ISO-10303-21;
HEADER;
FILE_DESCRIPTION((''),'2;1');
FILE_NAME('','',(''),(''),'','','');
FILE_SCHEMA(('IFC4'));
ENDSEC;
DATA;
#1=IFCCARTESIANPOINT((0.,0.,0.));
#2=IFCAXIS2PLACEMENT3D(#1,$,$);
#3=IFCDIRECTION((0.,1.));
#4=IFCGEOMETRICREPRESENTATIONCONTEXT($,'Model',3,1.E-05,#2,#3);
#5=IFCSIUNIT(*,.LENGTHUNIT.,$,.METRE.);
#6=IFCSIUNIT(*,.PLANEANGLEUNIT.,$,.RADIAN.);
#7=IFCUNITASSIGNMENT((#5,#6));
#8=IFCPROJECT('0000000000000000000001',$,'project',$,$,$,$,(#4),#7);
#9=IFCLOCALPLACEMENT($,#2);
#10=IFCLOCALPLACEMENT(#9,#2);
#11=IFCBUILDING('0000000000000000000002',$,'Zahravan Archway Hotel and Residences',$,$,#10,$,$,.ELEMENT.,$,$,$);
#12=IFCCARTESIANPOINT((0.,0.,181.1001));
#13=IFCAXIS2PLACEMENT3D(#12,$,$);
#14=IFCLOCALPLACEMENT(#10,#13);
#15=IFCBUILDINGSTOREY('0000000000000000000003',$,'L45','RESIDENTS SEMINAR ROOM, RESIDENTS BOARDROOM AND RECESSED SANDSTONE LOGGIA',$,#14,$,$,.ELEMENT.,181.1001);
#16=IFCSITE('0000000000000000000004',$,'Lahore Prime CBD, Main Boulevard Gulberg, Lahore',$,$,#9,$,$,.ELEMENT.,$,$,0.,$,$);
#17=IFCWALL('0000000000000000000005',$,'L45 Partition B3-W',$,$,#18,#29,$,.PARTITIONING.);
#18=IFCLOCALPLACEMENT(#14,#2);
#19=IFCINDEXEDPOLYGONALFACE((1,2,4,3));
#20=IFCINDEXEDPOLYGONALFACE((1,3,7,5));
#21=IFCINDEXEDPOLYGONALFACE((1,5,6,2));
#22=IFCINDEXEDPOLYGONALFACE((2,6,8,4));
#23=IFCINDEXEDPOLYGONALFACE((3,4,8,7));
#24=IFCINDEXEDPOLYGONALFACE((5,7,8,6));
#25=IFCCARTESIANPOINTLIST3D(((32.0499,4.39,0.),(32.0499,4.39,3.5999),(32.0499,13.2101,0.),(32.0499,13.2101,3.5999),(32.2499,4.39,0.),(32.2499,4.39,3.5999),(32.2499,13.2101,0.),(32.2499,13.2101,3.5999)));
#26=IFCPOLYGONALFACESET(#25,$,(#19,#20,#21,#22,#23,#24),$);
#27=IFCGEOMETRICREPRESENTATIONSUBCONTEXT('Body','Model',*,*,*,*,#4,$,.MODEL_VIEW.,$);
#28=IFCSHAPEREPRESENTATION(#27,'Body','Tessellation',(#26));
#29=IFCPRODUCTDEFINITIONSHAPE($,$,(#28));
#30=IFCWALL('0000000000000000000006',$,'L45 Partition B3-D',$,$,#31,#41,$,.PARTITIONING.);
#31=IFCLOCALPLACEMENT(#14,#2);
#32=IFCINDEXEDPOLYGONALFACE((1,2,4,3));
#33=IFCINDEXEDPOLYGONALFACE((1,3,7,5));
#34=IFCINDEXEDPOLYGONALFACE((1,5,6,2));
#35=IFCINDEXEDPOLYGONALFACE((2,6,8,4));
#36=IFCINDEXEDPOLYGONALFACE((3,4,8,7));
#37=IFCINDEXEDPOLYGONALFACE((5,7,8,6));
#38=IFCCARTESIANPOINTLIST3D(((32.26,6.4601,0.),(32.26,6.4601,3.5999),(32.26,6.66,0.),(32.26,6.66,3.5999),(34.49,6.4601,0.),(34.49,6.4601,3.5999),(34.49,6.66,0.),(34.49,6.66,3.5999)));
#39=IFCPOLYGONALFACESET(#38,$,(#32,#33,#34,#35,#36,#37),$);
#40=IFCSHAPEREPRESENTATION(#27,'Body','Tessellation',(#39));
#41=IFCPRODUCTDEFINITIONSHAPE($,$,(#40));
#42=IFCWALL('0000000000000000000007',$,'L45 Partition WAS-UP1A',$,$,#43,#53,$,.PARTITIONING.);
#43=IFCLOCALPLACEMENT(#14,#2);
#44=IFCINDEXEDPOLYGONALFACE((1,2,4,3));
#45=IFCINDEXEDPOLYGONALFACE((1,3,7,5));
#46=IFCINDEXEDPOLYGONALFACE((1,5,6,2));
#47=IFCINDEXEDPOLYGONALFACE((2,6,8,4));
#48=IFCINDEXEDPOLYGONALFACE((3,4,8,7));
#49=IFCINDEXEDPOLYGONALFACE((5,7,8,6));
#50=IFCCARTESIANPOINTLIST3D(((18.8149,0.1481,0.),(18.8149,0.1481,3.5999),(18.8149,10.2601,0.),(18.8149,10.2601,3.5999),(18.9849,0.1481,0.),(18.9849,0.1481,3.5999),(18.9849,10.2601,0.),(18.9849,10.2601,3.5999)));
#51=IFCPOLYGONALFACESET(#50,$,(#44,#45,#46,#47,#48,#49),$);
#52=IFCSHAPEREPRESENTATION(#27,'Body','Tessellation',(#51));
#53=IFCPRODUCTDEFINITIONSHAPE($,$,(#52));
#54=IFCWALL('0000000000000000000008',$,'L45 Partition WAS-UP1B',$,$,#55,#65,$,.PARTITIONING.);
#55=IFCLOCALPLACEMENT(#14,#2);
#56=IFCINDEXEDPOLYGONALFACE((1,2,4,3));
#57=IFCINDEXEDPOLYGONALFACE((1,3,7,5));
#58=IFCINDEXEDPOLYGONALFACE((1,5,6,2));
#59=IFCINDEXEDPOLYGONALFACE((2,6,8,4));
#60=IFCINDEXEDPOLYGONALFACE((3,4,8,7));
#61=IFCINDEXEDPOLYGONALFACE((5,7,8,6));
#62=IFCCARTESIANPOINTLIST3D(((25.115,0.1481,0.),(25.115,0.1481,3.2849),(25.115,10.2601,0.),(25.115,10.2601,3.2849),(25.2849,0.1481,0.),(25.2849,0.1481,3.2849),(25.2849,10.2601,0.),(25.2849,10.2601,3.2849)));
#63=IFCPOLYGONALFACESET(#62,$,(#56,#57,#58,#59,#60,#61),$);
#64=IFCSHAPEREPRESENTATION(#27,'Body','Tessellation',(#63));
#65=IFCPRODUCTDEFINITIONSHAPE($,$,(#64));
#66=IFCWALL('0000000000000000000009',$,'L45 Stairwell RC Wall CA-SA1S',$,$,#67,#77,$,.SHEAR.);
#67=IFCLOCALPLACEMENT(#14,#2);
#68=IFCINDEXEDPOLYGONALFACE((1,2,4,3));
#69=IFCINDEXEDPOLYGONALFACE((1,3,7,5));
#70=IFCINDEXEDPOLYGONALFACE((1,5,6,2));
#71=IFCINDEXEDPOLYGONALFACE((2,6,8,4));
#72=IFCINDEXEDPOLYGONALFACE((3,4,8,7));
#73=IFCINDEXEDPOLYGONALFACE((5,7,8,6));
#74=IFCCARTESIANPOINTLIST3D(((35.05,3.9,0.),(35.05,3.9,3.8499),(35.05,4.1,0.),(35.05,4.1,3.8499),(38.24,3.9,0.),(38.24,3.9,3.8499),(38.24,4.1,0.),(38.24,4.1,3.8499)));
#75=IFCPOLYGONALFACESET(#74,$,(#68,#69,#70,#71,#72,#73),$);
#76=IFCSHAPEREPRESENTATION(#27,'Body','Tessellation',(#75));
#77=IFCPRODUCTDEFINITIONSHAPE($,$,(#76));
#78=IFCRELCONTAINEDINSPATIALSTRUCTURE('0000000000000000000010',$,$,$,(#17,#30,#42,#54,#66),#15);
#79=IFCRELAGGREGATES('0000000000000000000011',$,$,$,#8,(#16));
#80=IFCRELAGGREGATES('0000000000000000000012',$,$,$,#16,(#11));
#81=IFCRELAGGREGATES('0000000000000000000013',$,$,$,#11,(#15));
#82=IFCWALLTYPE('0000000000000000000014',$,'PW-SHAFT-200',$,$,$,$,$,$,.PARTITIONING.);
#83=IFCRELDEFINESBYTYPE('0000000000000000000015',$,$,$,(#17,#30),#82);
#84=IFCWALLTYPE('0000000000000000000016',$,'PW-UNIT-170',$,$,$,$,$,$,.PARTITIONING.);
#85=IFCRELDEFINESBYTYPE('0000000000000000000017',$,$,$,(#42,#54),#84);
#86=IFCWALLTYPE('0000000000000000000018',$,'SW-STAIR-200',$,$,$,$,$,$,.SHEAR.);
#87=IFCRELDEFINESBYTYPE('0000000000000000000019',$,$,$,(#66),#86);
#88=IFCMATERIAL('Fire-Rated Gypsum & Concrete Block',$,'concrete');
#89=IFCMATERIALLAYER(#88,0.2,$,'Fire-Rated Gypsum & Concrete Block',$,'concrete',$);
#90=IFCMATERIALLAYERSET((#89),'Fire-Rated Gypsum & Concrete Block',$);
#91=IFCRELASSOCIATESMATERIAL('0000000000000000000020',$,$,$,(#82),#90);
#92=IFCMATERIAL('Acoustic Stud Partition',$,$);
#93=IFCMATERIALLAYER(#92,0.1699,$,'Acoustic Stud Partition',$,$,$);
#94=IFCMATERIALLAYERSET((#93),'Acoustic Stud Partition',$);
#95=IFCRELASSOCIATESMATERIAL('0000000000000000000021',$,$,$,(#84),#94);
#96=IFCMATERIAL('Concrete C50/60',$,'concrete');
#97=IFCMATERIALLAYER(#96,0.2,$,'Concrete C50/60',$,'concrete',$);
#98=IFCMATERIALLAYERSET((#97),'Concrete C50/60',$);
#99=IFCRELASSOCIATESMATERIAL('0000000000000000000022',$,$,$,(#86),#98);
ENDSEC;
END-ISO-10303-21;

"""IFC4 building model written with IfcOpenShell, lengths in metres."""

from ifc_helpers import new_model, si_unit, direction, frame, frame_2d, origin, place, context, subcontext, project, spatial, rectangle, extrude, material, layer, layer_set, type_object, element, save


model = new_model("IFC4")

# Units and contexts
model_context = context("Model", 3, precision=1e-05, world=origin(), true_north=direction((0.0, 1.0)))
body_context = subcontext(model_context, "Body", "Model", "MODEL_VIEW")
ifc_project = project(units=[si_unit("LENGTHUNIT", "METRE"), si_unit("PLANEANGLEUNIT", "RADIAN")], contexts=[model_context])

# Site, building, storey
site_placement = place(None, origin())
site = spatial("IfcSite", under=ifc_project, at=site_placement, Name="Lahore Prime CBD, Main Boulevard Gulberg, Lahore", CompositionType="ELEMENT", RefElevation=0.0)
building_placement = place(site_placement, origin())
building = spatial("IfcBuilding", under=site, at=building_placement, Name="Zahravan Archway Hotel and Residences", CompositionType="ELEMENT")
storey_placement = place(building_placement, frame((0.0, 0.0, 181.1001)))
storey = spatial("IfcBuildingStorey", under=building, at=storey_placement, Name="L45", Description="RESIDENTS SEMINAR ROOM, RESIDENTS BOARDROOM AND RECESSED SANDSTONE LOGGIA", CompositionType="ELEMENT", Elevation=181.1001)

# Shared definitions
ifc_material_1 = material(Name="Fire-Rated Gypsum & Concrete Block", Category="concrete")

# Walls
ifc_layer_1 = layer(ifc_material_1, 0.2, Name="Fire-Rated Gypsum & Concrete Block", Category="concrete")
ifc_layer_set_1 = layer_set([ifc_layer_1], Name="Fire-Rated Gypsum & Concrete Block")
wall_type_1 = type_object("IfcWallType", Name="PW-SHAFT-200", PredefinedType="PARTITIONING", material=ifc_layer_set_1)
wall_1_placement = place(storey_placement, frame((32.1499, 4.3899, 0.0), z_axis=(0.0, 0.0, 1.0), x_axis=(0.0, 1.0, 0.0)))
element("IfcWall", 1, at=wall_1_placement, inside=storey, type_object=wall_type_1, Name="L45 Partition B3-W", PredefinedType="PARTITIONING", context=body_context, shape_type="SweptSolid", body=[
    extrude(rectangle(XDim=8.8201, YDim=0.2, at=frame_2d((4.4102, 0.0))), origin(), (0.0, 0.0, 1.0), 3.5999),
])
wall_2_placement = place(storey_placement, frame((32.26, 6.5601, 0.0), z_axis=(0.0, 0.0, 1.0), x_axis=(1.0, 0.0, 0.0)))
element("IfcWall", 2, at=wall_2_placement, inside=storey, type_object=wall_type_1, Name="L45 Partition B3-D", PredefinedType="PARTITIONING", context=body_context, shape_type="SweptSolid", body=[
    extrude(rectangle(XDim=2.23, YDim=0.2, at=frame_2d((1.115, 0.0))), origin(), (0.0, 0.0, 1.0), 3.5999),
])
ifc_material_2 = material(Name="Acoustic Stud Partition")
ifc_layer_2 = layer(ifc_material_2, 0.1699, Name="Acoustic Stud Partition")
ifc_layer_set_2 = layer_set([ifc_layer_2], Name="Acoustic Stud Partition")
wall_type_2 = type_object("IfcWallType", Name="PW-UNIT-170", PredefinedType="PARTITIONING", material=ifc_layer_set_2)
wall_3_placement = place(storey_placement, frame((18.8999, 0.1479, 0.0), z_axis=(0.0, 0.0, 1.0), x_axis=(0.0, 1.0, 0.0)))
element("IfcWall", 3, at=wall_3_placement, inside=storey, type_object=wall_type_2, Name="L45 Partition WAS-UP1A", PredefinedType="PARTITIONING", context=body_context, shape_type="SweptSolid", body=[
    extrude(rectangle(XDim=10.1121, YDim=0.1699, at=frame_2d((5.0562, 0.0))), origin(), (0.0, 0.0, 1.0), 3.5999),
])
wall_4_placement = place(storey_placement, frame((25.2, 0.1479, 0.0), z_axis=(0.0, 0.0, 1.0), x_axis=(0.0, 1.0, 0.0)))
element("IfcWall", 4, at=wall_4_placement, inside=storey, type_object=wall_type_2, Name="L45 Partition WAS-UP1B", PredefinedType="PARTITIONING", context=body_context, shape_type="SweptSolid", body=[
    extrude(rectangle(XDim=10.1121, YDim=0.1699, at=frame_2d((5.0562, 0.0))), origin(), (0.0, 0.0, 1.0), 3.2849),
])
ifc_material_3 = material(Name="Concrete C50/60", Category="concrete")
ifc_layer_3 = layer(ifc_material_3, 0.2, Name="Concrete C50/60", Category="concrete")
ifc_layer_set_3 = layer_set([ifc_layer_3], Name="Concrete C50/60")
wall_type_3 = type_object("IfcWallType", Name="SW-STAIR-200", PredefinedType="SHEAR", material=ifc_layer_set_3)
wall_5_placement = place(storey_placement, frame((35.05, 4.0, 0.0), z_axis=(0.0, 0.0, 1.0), x_axis=(1.0, 0.0, 0.0)))
element("IfcWall", 5, at=wall_5_placement, inside=storey, type_object=wall_type_3, Name="L45 Stairwell RC Wall CA-SA1S", PredefinedType="SHEAR", context=body_context, shape_type="SweptSolid", body=[
    extrude(rectangle(XDim=3.1899, YDim=0.2, at=frame_2d((1.595, 0.0))), origin(), (0.0, 0.0, 1.0), 3.8499),
])

save(model, "model.ifc")
